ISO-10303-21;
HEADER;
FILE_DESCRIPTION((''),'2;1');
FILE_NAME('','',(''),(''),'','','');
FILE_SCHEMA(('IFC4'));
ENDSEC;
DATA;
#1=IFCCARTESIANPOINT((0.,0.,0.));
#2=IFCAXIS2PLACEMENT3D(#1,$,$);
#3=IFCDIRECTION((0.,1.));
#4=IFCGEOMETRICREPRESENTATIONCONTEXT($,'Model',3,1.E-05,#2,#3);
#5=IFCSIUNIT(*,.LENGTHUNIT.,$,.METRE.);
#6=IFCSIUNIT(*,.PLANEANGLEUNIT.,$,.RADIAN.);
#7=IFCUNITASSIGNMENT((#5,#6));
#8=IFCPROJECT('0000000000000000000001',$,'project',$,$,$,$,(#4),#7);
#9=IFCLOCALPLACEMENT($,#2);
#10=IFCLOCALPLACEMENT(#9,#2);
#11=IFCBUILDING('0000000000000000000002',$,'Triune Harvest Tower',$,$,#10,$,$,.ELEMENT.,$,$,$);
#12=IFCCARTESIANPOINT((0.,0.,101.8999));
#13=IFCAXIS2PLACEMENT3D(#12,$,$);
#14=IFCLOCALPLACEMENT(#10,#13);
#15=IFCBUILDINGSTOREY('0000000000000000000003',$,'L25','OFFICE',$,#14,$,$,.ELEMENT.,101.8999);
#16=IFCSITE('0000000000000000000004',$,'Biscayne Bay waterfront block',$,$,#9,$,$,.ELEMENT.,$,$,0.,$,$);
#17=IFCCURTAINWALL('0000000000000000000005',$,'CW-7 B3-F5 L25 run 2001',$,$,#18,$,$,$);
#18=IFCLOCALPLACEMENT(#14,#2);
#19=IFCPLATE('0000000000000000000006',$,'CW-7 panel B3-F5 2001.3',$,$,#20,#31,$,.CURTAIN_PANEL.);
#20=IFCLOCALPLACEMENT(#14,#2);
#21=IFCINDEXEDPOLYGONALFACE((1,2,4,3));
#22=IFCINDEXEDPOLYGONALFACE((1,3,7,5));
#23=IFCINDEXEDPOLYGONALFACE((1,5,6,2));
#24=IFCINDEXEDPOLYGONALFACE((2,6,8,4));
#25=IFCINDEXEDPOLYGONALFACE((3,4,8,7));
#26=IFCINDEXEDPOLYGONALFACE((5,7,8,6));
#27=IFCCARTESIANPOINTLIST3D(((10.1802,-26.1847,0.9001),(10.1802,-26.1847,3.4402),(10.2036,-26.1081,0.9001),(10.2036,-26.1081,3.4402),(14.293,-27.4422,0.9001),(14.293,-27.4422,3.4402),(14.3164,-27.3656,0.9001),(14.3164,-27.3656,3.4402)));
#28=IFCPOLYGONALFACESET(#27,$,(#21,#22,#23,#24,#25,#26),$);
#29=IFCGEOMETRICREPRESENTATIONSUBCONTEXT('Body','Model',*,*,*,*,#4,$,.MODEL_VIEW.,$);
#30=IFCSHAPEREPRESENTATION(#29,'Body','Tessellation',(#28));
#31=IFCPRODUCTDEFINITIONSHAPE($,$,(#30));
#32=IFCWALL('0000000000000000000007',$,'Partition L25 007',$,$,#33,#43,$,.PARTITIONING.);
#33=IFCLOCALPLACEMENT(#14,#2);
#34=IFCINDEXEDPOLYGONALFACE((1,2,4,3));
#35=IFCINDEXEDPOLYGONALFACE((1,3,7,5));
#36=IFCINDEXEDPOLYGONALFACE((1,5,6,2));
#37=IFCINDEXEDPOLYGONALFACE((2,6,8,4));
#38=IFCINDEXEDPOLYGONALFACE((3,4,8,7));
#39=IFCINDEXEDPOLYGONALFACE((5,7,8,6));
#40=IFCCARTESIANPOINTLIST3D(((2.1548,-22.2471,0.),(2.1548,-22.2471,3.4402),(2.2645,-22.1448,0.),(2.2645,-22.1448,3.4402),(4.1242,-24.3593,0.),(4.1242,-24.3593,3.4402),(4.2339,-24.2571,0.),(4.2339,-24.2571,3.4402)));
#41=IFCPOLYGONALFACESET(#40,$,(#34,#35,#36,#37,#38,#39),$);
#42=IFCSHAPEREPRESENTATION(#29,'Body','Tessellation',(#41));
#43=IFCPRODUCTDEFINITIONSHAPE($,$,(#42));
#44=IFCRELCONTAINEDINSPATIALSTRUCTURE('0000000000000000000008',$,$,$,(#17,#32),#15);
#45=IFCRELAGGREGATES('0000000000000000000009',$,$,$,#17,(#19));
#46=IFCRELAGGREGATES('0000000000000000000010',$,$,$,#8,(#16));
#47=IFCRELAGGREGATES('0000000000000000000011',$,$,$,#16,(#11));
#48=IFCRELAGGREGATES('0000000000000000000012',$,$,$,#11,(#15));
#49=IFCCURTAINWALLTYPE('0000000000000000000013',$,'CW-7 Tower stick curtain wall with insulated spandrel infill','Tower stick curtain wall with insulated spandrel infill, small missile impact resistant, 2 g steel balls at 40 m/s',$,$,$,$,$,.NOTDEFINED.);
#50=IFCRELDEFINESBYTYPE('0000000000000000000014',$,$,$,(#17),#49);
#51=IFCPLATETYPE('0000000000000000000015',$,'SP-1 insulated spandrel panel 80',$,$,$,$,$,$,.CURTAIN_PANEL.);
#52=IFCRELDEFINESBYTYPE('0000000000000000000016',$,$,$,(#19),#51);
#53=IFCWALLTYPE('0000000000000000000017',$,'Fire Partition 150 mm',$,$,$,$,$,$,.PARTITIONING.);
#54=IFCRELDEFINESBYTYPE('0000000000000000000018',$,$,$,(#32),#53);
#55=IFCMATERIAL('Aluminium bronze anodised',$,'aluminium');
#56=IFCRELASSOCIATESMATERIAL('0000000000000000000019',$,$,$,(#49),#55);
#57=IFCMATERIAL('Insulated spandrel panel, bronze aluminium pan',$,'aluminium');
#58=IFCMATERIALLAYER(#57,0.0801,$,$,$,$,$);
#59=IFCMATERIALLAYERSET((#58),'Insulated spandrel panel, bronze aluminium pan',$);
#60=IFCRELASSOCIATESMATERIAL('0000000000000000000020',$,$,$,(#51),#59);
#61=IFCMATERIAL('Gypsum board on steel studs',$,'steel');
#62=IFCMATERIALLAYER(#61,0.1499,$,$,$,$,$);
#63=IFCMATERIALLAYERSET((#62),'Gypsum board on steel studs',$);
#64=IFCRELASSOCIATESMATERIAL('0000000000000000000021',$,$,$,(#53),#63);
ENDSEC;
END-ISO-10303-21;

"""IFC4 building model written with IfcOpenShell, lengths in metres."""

from ifc_helpers import new_model, si_unit, direction, frame, frame_2d, origin, origin_2d, place, context, subcontext, project, spatial, rectangle, extrude, source, transform, mapped, material, layer, layer_set, type_object, element, aggregate, save


model = new_model("IFC4")

# Units and contexts
model_context = context("Model", 3, precision=1e-05, world=origin(), true_north=direction((0.0, 1.0)))
body_context = subcontext(model_context, "Body", "Model", "MODEL_VIEW")
ifc_project = project(units=[si_unit("LENGTHUNIT", "METRE"), si_unit("PLANEANGLEUNIT", "RADIAN")], contexts=[model_context])

# Site, building, storey
site_placement = place(None, origin())
site = spatial("IfcSite", under=ifc_project, at=site_placement, Name="Biscayne Bay waterfront block", CompositionType="ELEMENT", RefElevation=0.0)
building_placement = place(site_placement, origin())
building = spatial("IfcBuilding", under=site, at=building_placement, Name="Triune Harvest Tower", CompositionType="ELEMENT")
storey_placement = place(building_placement, frame((0.0, 0.0, 101.8999)))
storey = spatial("IfcBuildingStorey", under=building, at=storey_placement, Name="L25", Description="OFFICE", CompositionType="ELEMENT", Elevation=101.8999)

# Curtain wall, plate
ifc_material_1 = material(Name="Aluminium bronze anodised", Category="aluminium")
curtain_wall_type_1 = type_object("IfcCurtainWallType", Name="CW-7 Tower stick curtain wall with insulated spandrel infill", Description="Tower stick curtain wall with insulated spandrel infill, small missile impact resistant, 2 g steel balls at 40 m/s", PredefinedType="NOTDEFINED", material=ifc_material_1)
curtain_wall_1_placement = place(storey_placement, origin())
curtain_wall_1 = element("IfcCurtainWall", 1, at=curtain_wall_1_placement, inside=storey, type_object=curtain_wall_type_1, Name="CW-7 B3-F5 L25 run 2001")
ifc_material_2 = material(Name="Insulated spandrel panel, bronze aluminium pan", Category="aluminium")
ifc_layer_1 = layer(ifc_material_2, 0.0801)
ifc_layer_set_1 = layer_set([ifc_layer_1], Name="Insulated spandrel panel, bronze aluminium pan")
plate_type = type_object("IfcPlateType", Name="SP-1 insulated spandrel panel 80", PredefinedType="CURTAIN_PANEL", material=ifc_layer_set_1)
shared_shape_1 = source(origin(), body_context, "Body", "SweptSolid", [
    extrude(rectangle(XDim=4.3008, YDim=0.0801, at=origin_2d()), origin(), (0.0, 0.0, 1.0), 2.54),
])
plate_1_placement = place(storey_placement, frame((12.2483, -26.7751, 0.9001), z_axis=(0.0, 0.0, 1.0), x_axis=(0.956305, -0.292372, 0.0)))
plate_1 = element("IfcPlate", 2, at=plate_1_placement, type_object=plate_type, Name="CW-7 panel B3-F5 2001.3", PredefinedType="CURTAIN_PANEL", context=body_context, shape_type="MappedRepresentation", body=[
    mapped(shared_shape_1, transform((0.0, 0.0, 0.0), scale=1.0)),
])
aggregate(curtain_wall_1, [plate_1])

# Wall
ifc_material_3 = material(Name="Gypsum board on steel studs", Category="steel")
ifc_layer_2 = layer(ifc_material_3, 0.1499)
ifc_layer_set_2 = layer_set([ifc_layer_2], Name="Gypsum board on steel studs")
wall_type = type_object("IfcWallType", Name="Fire Partition 150 mm", PredefinedType="PARTITIONING", material=ifc_layer_set_2)
wall_placement = place(storey_placement, frame((2.2097, -22.196, 0.0), z_axis=(0.0, 0.0, 1.0), x_axis=(0.681948, -0.731401, 0.0)))
element("IfcWall", 3, at=wall_placement, inside=storey, type_object=wall_type, Name="Partition L25 007", PredefinedType="PARTITIONING", context=body_context, shape_type="SweptSolid", body=[
    extrude(rectangle(XDim=2.8879, YDim=0.1499, at=frame_2d((1.4438, 0.0))), origin(), (0.0, 0.0, 1.0), 3.4402),
])

save(model, "model.ifc")
